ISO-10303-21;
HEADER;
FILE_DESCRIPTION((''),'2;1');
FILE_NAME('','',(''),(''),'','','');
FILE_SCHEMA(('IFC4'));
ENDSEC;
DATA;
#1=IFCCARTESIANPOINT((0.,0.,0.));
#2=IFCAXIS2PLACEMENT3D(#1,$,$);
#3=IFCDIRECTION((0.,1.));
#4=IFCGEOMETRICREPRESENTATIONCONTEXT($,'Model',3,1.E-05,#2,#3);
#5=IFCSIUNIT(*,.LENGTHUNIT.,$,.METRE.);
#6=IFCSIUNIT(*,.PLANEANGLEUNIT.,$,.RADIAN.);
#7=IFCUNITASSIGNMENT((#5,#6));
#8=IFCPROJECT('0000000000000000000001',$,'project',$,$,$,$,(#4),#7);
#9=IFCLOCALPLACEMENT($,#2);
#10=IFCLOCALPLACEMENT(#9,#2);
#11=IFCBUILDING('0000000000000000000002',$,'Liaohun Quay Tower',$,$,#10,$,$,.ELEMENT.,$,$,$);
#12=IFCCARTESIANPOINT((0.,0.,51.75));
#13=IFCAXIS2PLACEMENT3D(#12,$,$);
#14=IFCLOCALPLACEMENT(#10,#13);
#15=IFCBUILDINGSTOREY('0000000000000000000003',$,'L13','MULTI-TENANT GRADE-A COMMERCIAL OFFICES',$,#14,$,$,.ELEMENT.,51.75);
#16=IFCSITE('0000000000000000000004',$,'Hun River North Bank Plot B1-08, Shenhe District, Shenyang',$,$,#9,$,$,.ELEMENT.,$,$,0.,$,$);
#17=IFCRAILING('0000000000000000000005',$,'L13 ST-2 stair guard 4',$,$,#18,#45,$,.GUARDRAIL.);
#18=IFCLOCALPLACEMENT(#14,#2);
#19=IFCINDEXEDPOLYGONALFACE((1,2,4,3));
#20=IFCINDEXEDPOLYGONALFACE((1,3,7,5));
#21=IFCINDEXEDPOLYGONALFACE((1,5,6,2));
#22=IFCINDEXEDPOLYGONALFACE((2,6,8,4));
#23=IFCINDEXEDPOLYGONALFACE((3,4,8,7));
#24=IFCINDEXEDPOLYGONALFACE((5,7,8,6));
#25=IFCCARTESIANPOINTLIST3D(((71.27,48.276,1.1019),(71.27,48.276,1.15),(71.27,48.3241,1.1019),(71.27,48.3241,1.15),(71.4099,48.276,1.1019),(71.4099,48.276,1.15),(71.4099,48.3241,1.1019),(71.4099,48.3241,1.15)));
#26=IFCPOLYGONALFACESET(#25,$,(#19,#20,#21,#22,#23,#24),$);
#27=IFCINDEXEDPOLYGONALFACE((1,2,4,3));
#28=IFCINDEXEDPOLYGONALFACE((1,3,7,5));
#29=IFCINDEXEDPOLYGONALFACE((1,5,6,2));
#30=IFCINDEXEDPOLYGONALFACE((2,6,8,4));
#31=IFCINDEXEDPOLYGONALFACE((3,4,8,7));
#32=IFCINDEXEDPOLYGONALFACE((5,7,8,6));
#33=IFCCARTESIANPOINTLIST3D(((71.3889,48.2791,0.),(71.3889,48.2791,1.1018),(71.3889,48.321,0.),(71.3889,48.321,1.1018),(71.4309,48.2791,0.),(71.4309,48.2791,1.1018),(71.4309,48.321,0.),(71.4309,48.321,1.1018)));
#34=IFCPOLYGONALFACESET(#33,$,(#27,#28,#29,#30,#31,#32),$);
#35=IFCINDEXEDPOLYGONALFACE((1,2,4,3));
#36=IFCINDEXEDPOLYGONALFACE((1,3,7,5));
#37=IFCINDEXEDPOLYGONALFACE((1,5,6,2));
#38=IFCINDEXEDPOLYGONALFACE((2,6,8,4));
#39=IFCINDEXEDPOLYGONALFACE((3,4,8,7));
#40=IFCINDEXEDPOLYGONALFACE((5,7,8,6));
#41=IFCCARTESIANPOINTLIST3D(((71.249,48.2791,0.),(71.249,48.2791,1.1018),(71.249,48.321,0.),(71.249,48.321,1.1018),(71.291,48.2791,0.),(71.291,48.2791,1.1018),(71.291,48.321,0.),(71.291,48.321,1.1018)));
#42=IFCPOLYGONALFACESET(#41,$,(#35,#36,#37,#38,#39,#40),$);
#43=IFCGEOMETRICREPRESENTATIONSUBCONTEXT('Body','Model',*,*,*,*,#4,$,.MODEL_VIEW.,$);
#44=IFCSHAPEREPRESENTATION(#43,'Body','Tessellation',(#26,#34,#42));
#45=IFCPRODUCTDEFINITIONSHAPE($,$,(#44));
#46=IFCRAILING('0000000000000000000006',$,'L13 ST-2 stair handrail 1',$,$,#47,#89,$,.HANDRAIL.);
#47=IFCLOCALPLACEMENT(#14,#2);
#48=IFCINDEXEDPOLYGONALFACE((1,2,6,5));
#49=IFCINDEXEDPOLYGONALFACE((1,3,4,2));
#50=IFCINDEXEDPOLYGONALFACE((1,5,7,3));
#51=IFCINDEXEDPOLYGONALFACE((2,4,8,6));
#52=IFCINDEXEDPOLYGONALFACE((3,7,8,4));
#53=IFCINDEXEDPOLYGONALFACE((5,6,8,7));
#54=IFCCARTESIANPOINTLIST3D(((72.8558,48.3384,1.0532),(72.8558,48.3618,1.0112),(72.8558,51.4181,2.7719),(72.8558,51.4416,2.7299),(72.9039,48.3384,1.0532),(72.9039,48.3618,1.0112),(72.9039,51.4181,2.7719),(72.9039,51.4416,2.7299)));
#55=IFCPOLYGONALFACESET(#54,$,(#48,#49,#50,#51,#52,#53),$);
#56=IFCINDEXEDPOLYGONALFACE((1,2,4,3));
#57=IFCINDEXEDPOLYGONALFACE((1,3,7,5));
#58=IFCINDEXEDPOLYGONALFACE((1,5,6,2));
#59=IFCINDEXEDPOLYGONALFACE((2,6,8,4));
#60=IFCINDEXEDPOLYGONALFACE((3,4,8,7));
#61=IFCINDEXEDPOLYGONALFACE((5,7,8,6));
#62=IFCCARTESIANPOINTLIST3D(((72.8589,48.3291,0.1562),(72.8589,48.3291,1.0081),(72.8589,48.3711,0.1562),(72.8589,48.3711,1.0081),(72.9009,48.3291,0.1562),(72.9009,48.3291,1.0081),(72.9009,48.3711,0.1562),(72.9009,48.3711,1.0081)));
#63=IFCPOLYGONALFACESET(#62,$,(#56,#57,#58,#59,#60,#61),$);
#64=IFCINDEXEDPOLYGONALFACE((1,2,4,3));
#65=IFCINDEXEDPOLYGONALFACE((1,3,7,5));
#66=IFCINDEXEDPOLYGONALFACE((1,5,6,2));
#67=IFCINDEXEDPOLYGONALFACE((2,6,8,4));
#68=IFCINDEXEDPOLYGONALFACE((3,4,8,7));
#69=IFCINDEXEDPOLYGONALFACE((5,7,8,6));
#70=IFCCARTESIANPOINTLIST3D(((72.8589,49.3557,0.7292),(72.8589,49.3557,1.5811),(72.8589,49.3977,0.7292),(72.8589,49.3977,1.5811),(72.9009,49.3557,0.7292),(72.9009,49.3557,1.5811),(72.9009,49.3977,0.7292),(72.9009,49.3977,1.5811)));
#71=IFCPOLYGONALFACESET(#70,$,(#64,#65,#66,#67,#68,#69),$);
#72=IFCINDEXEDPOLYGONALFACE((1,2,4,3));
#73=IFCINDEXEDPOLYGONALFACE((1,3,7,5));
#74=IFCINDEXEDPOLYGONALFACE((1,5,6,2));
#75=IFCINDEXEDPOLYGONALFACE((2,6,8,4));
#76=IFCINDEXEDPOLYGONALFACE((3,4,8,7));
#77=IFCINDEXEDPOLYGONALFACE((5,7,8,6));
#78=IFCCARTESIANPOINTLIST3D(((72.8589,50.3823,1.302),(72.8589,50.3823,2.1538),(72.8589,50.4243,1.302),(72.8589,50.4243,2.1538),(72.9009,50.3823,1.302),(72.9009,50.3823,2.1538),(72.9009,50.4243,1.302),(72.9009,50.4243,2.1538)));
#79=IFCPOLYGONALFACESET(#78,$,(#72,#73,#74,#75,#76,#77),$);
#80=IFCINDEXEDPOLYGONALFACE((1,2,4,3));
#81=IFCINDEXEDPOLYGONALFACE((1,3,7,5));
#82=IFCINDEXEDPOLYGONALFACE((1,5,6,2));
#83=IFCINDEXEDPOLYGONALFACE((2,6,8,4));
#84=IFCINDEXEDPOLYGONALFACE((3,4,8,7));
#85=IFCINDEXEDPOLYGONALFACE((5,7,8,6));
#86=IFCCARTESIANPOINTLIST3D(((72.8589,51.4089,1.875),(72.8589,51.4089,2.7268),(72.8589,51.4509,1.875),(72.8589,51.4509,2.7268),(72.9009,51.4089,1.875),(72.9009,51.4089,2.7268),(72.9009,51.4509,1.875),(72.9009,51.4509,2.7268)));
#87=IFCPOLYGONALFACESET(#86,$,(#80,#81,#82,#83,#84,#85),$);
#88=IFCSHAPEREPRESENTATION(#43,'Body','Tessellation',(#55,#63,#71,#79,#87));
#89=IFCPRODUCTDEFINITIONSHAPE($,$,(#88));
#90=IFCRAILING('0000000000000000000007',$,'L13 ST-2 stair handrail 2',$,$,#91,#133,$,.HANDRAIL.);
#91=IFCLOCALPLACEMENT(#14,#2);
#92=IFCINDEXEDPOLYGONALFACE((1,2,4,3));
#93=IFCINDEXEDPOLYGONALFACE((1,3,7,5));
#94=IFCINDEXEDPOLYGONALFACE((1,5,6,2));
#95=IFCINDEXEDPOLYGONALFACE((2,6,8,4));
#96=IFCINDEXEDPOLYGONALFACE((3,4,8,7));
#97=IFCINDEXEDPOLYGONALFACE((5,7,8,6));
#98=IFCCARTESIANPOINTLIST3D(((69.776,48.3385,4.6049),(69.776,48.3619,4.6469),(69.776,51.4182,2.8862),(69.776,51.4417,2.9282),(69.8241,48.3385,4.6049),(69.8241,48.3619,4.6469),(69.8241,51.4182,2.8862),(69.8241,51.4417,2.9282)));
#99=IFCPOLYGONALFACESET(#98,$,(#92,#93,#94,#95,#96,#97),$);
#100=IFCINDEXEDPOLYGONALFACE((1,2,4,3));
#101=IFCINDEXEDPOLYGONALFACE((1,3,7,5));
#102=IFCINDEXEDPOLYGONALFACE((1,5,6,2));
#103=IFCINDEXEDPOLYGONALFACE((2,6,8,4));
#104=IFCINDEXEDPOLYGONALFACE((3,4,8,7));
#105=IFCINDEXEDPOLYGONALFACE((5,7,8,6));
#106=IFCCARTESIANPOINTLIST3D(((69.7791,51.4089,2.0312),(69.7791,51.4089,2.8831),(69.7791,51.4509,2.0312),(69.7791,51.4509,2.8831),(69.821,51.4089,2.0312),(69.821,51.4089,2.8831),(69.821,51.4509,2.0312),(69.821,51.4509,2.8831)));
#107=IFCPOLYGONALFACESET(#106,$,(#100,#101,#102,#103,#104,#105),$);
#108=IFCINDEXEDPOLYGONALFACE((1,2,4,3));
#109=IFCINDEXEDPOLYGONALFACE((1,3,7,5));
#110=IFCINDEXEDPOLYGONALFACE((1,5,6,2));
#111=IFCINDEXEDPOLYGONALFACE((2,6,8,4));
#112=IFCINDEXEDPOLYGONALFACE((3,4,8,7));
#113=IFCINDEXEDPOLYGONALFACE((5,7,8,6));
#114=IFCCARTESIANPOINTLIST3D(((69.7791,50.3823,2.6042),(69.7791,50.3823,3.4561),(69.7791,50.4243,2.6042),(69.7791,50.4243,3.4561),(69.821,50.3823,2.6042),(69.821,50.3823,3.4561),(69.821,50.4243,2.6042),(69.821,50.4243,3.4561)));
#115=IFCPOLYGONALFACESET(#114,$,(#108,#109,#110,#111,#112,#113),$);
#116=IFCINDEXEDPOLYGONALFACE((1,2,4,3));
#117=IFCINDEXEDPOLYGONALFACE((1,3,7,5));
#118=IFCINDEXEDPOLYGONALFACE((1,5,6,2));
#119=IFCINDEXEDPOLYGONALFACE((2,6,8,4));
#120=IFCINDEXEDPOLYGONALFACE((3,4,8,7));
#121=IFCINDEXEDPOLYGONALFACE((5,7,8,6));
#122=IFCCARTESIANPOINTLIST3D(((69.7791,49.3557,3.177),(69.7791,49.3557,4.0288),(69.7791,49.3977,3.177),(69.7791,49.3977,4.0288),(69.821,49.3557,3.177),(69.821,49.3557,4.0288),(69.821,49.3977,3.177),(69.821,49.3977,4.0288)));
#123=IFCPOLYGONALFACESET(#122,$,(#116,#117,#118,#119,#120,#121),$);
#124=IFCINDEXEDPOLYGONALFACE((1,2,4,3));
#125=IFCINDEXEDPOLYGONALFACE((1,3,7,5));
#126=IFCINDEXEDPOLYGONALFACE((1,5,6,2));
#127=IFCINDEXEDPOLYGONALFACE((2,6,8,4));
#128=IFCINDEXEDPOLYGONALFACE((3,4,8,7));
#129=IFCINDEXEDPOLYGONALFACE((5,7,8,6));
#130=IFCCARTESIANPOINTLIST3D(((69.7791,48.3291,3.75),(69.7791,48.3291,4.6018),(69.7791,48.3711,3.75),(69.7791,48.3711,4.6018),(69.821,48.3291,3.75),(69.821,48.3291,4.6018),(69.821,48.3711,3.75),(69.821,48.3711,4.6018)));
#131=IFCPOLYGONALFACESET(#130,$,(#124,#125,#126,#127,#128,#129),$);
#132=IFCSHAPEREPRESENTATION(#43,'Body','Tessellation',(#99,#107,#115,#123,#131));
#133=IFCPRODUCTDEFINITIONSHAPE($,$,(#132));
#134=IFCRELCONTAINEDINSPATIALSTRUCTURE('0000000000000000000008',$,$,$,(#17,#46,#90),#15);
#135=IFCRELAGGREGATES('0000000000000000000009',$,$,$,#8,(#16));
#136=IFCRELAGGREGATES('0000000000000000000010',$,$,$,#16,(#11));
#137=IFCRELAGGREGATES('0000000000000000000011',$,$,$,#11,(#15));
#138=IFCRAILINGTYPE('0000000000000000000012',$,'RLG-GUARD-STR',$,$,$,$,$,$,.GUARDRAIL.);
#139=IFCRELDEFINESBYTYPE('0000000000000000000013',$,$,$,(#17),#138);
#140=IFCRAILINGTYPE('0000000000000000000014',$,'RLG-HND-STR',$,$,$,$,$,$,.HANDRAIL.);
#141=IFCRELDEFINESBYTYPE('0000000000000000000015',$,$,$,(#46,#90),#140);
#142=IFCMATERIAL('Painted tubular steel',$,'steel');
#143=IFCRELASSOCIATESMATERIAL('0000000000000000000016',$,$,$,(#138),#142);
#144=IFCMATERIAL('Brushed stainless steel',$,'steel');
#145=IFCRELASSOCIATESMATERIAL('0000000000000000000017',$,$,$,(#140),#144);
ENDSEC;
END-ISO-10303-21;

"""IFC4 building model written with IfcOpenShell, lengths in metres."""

from ifc_helpers import new_model, si_unit, direction, frame, origin, origin_2d, place, context, subcontext, project, spatial, rectangle, extrude, material, type_object, element, save


model = new_model("IFC4")

# Units and contexts
model_context = context("Model", 3, precision=1e-05, world=origin(), true_north=direction((0.0, 1.0)))
body_context = subcontext(model_context, "Body", "Model", "MODEL_VIEW")
ifc_project = project(units=[si_unit("LENGTHUNIT", "METRE"), si_unit("PLANEANGLEUNIT", "RADIAN")], contexts=[model_context])

# Site, building, storey
site_placement = place(None, origin())
site = spatial("IfcSite", under=ifc_project, at=site_placement, Name="Hun River North Bank Plot B1-08, Shenhe District, Shenyang", CompositionType="ELEMENT", RefElevation=0.0)
building_placement = place(site_placement, origin())
building = spatial("IfcBuilding", under=site, at=building_placement, Name="Liaohun Quay Tower", CompositionType="ELEMENT")
storey_placement = place(building_placement, frame((0.0, 0.0, 51.75)))
storey = spatial("IfcBuildingStorey", under=building, at=storey_placement, Name="L13", Description="MULTI-TENANT GRADE-A COMMERCIAL OFFICES", CompositionType="ELEMENT", Elevation=51.75)

# Railings
ifc_material_1 = material(Name="Painted tubular steel", Category="steel")
railing_type_1 = type_object("IfcRailingType", Name="RLG-GUARD-STR", PredefinedType="GUARDRAIL", material=ifc_material_1)
railing_1_placement = place(storey_placement, frame((71.4099, 48.3, 0.0)))
element("IfcRailing", 1, at=railing_1_placement, inside=storey, type_object=railing_type_1, Name="L13 ST-2 stair guard 4", PredefinedType="GUARDRAIL", context=body_context, shape_type="SweptSolid", body=[
    extrude(rectangle(XDim=0.0481, YDim=0.0481, at=origin_2d()), frame((0.0, 0.0, 1.126), z_axis=(-1.0, 0.0, 0.0), x_axis=(0.0, -1.0, 0.0)), (0.0, 0.0, 1.0), 0.1399),
    extrude(rectangle(XDim=0.042, YDim=0.042, at=origin_2d()), origin(), (0.0, 0.0, 1.0), 1.1018),
    extrude(rectangle(XDim=0.042, YDim=0.042, at=origin_2d()), frame((-0.1399, 0.0, 0.0)), (0.0, 0.0, 1.0), 1.1018),
])
ifc_material_2 = material(Name="Brushed stainless steel", Category="steel")
railing_type_2 = type_object("IfcRailingType", Name="RLG-HND-STR", PredefinedType="HANDRAIL", material=ifc_material_2)
railing_2_placement = place(storey_placement, frame((72.8799, 48.3501, 0.1562)))
element("IfcRailing", 2, at=railing_2_placement, inside=storey, type_object=railing_type_2, Name="L13 ST-2 stair handrail 1", PredefinedType="HANDRAIL", context=body_context, shape_type="SweptSolid", body=[
    extrude(rectangle(XDim=0.0481, YDim=0.0481, at=origin_2d()), frame((0.0, 0.0, 0.876), z_axis=(0.0, 0.873225, 0.487317), x_axis=(-1.0, 0.0, 0.0)), (0.0, 0.0, 1.0), 3.5269),
    extrude(rectangle(XDim=0.042, YDim=0.042, at=origin_2d()), origin(), (0.0, 0.0, 1.0), 0.8518),
    extrude(rectangle(XDim=0.042, YDim=0.042, at=origin_2d()), frame((0.0, 1.0266, 0.573)), (0.0, 0.0, 1.0), 0.8518),
    extrude(rectangle(XDim=0.042, YDim=0.042, at=origin_2d()), frame((0.0, 2.0532, 1.1458)), (0.0, 0.0, 1.0), 0.8518),
    extrude(rectangle(XDim=0.042, YDim=0.042, at=origin_2d()), frame((0.0, 3.0798, 1.7188)), (0.0, 0.0, 1.0), 0.8518),
])
railing_3_placement = place(storey_placement, frame((69.8, 51.4299, 2.0312)))
element("IfcRailing", 3, at=railing_3_placement, inside=storey, type_object=railing_type_2, Name="L13 ST-2 stair handrail 2", PredefinedType="HANDRAIL", context=body_context, shape_type="SweptSolid", body=[
    extrude(rectangle(XDim=0.0481, YDim=0.0481, at=origin_2d()), frame((0.0, 0.0, 0.876), z_axis=(0.0, -0.873225, 0.487317), x_axis=(1.0, 0.0, 0.0)), (0.0, 0.0, 1.0), 3.5269),
    extrude(rectangle(XDim=0.042, YDim=0.042, at=origin_2d()), origin(), (0.0, 0.0, 1.0), 0.8518),
    extrude(rectangle(XDim=0.042, YDim=0.042, at=origin_2d()), frame((0.0, -1.0266, 0.573)), (0.0, 0.0, 1.0), 0.8518),
    extrude(rectangle(XDim=0.042, YDim=0.042, at=origin_2d()), frame((0.0, -2.0532, 1.1458)), (0.0, 0.0, 1.0), 0.8518),
    extrude(rectangle(XDim=0.042, YDim=0.042, at=origin_2d()), frame((0.0, -3.0798, 1.7188)), (0.0, 0.0, 1.0), 0.8518),
])

save(model, "model.ifc")
